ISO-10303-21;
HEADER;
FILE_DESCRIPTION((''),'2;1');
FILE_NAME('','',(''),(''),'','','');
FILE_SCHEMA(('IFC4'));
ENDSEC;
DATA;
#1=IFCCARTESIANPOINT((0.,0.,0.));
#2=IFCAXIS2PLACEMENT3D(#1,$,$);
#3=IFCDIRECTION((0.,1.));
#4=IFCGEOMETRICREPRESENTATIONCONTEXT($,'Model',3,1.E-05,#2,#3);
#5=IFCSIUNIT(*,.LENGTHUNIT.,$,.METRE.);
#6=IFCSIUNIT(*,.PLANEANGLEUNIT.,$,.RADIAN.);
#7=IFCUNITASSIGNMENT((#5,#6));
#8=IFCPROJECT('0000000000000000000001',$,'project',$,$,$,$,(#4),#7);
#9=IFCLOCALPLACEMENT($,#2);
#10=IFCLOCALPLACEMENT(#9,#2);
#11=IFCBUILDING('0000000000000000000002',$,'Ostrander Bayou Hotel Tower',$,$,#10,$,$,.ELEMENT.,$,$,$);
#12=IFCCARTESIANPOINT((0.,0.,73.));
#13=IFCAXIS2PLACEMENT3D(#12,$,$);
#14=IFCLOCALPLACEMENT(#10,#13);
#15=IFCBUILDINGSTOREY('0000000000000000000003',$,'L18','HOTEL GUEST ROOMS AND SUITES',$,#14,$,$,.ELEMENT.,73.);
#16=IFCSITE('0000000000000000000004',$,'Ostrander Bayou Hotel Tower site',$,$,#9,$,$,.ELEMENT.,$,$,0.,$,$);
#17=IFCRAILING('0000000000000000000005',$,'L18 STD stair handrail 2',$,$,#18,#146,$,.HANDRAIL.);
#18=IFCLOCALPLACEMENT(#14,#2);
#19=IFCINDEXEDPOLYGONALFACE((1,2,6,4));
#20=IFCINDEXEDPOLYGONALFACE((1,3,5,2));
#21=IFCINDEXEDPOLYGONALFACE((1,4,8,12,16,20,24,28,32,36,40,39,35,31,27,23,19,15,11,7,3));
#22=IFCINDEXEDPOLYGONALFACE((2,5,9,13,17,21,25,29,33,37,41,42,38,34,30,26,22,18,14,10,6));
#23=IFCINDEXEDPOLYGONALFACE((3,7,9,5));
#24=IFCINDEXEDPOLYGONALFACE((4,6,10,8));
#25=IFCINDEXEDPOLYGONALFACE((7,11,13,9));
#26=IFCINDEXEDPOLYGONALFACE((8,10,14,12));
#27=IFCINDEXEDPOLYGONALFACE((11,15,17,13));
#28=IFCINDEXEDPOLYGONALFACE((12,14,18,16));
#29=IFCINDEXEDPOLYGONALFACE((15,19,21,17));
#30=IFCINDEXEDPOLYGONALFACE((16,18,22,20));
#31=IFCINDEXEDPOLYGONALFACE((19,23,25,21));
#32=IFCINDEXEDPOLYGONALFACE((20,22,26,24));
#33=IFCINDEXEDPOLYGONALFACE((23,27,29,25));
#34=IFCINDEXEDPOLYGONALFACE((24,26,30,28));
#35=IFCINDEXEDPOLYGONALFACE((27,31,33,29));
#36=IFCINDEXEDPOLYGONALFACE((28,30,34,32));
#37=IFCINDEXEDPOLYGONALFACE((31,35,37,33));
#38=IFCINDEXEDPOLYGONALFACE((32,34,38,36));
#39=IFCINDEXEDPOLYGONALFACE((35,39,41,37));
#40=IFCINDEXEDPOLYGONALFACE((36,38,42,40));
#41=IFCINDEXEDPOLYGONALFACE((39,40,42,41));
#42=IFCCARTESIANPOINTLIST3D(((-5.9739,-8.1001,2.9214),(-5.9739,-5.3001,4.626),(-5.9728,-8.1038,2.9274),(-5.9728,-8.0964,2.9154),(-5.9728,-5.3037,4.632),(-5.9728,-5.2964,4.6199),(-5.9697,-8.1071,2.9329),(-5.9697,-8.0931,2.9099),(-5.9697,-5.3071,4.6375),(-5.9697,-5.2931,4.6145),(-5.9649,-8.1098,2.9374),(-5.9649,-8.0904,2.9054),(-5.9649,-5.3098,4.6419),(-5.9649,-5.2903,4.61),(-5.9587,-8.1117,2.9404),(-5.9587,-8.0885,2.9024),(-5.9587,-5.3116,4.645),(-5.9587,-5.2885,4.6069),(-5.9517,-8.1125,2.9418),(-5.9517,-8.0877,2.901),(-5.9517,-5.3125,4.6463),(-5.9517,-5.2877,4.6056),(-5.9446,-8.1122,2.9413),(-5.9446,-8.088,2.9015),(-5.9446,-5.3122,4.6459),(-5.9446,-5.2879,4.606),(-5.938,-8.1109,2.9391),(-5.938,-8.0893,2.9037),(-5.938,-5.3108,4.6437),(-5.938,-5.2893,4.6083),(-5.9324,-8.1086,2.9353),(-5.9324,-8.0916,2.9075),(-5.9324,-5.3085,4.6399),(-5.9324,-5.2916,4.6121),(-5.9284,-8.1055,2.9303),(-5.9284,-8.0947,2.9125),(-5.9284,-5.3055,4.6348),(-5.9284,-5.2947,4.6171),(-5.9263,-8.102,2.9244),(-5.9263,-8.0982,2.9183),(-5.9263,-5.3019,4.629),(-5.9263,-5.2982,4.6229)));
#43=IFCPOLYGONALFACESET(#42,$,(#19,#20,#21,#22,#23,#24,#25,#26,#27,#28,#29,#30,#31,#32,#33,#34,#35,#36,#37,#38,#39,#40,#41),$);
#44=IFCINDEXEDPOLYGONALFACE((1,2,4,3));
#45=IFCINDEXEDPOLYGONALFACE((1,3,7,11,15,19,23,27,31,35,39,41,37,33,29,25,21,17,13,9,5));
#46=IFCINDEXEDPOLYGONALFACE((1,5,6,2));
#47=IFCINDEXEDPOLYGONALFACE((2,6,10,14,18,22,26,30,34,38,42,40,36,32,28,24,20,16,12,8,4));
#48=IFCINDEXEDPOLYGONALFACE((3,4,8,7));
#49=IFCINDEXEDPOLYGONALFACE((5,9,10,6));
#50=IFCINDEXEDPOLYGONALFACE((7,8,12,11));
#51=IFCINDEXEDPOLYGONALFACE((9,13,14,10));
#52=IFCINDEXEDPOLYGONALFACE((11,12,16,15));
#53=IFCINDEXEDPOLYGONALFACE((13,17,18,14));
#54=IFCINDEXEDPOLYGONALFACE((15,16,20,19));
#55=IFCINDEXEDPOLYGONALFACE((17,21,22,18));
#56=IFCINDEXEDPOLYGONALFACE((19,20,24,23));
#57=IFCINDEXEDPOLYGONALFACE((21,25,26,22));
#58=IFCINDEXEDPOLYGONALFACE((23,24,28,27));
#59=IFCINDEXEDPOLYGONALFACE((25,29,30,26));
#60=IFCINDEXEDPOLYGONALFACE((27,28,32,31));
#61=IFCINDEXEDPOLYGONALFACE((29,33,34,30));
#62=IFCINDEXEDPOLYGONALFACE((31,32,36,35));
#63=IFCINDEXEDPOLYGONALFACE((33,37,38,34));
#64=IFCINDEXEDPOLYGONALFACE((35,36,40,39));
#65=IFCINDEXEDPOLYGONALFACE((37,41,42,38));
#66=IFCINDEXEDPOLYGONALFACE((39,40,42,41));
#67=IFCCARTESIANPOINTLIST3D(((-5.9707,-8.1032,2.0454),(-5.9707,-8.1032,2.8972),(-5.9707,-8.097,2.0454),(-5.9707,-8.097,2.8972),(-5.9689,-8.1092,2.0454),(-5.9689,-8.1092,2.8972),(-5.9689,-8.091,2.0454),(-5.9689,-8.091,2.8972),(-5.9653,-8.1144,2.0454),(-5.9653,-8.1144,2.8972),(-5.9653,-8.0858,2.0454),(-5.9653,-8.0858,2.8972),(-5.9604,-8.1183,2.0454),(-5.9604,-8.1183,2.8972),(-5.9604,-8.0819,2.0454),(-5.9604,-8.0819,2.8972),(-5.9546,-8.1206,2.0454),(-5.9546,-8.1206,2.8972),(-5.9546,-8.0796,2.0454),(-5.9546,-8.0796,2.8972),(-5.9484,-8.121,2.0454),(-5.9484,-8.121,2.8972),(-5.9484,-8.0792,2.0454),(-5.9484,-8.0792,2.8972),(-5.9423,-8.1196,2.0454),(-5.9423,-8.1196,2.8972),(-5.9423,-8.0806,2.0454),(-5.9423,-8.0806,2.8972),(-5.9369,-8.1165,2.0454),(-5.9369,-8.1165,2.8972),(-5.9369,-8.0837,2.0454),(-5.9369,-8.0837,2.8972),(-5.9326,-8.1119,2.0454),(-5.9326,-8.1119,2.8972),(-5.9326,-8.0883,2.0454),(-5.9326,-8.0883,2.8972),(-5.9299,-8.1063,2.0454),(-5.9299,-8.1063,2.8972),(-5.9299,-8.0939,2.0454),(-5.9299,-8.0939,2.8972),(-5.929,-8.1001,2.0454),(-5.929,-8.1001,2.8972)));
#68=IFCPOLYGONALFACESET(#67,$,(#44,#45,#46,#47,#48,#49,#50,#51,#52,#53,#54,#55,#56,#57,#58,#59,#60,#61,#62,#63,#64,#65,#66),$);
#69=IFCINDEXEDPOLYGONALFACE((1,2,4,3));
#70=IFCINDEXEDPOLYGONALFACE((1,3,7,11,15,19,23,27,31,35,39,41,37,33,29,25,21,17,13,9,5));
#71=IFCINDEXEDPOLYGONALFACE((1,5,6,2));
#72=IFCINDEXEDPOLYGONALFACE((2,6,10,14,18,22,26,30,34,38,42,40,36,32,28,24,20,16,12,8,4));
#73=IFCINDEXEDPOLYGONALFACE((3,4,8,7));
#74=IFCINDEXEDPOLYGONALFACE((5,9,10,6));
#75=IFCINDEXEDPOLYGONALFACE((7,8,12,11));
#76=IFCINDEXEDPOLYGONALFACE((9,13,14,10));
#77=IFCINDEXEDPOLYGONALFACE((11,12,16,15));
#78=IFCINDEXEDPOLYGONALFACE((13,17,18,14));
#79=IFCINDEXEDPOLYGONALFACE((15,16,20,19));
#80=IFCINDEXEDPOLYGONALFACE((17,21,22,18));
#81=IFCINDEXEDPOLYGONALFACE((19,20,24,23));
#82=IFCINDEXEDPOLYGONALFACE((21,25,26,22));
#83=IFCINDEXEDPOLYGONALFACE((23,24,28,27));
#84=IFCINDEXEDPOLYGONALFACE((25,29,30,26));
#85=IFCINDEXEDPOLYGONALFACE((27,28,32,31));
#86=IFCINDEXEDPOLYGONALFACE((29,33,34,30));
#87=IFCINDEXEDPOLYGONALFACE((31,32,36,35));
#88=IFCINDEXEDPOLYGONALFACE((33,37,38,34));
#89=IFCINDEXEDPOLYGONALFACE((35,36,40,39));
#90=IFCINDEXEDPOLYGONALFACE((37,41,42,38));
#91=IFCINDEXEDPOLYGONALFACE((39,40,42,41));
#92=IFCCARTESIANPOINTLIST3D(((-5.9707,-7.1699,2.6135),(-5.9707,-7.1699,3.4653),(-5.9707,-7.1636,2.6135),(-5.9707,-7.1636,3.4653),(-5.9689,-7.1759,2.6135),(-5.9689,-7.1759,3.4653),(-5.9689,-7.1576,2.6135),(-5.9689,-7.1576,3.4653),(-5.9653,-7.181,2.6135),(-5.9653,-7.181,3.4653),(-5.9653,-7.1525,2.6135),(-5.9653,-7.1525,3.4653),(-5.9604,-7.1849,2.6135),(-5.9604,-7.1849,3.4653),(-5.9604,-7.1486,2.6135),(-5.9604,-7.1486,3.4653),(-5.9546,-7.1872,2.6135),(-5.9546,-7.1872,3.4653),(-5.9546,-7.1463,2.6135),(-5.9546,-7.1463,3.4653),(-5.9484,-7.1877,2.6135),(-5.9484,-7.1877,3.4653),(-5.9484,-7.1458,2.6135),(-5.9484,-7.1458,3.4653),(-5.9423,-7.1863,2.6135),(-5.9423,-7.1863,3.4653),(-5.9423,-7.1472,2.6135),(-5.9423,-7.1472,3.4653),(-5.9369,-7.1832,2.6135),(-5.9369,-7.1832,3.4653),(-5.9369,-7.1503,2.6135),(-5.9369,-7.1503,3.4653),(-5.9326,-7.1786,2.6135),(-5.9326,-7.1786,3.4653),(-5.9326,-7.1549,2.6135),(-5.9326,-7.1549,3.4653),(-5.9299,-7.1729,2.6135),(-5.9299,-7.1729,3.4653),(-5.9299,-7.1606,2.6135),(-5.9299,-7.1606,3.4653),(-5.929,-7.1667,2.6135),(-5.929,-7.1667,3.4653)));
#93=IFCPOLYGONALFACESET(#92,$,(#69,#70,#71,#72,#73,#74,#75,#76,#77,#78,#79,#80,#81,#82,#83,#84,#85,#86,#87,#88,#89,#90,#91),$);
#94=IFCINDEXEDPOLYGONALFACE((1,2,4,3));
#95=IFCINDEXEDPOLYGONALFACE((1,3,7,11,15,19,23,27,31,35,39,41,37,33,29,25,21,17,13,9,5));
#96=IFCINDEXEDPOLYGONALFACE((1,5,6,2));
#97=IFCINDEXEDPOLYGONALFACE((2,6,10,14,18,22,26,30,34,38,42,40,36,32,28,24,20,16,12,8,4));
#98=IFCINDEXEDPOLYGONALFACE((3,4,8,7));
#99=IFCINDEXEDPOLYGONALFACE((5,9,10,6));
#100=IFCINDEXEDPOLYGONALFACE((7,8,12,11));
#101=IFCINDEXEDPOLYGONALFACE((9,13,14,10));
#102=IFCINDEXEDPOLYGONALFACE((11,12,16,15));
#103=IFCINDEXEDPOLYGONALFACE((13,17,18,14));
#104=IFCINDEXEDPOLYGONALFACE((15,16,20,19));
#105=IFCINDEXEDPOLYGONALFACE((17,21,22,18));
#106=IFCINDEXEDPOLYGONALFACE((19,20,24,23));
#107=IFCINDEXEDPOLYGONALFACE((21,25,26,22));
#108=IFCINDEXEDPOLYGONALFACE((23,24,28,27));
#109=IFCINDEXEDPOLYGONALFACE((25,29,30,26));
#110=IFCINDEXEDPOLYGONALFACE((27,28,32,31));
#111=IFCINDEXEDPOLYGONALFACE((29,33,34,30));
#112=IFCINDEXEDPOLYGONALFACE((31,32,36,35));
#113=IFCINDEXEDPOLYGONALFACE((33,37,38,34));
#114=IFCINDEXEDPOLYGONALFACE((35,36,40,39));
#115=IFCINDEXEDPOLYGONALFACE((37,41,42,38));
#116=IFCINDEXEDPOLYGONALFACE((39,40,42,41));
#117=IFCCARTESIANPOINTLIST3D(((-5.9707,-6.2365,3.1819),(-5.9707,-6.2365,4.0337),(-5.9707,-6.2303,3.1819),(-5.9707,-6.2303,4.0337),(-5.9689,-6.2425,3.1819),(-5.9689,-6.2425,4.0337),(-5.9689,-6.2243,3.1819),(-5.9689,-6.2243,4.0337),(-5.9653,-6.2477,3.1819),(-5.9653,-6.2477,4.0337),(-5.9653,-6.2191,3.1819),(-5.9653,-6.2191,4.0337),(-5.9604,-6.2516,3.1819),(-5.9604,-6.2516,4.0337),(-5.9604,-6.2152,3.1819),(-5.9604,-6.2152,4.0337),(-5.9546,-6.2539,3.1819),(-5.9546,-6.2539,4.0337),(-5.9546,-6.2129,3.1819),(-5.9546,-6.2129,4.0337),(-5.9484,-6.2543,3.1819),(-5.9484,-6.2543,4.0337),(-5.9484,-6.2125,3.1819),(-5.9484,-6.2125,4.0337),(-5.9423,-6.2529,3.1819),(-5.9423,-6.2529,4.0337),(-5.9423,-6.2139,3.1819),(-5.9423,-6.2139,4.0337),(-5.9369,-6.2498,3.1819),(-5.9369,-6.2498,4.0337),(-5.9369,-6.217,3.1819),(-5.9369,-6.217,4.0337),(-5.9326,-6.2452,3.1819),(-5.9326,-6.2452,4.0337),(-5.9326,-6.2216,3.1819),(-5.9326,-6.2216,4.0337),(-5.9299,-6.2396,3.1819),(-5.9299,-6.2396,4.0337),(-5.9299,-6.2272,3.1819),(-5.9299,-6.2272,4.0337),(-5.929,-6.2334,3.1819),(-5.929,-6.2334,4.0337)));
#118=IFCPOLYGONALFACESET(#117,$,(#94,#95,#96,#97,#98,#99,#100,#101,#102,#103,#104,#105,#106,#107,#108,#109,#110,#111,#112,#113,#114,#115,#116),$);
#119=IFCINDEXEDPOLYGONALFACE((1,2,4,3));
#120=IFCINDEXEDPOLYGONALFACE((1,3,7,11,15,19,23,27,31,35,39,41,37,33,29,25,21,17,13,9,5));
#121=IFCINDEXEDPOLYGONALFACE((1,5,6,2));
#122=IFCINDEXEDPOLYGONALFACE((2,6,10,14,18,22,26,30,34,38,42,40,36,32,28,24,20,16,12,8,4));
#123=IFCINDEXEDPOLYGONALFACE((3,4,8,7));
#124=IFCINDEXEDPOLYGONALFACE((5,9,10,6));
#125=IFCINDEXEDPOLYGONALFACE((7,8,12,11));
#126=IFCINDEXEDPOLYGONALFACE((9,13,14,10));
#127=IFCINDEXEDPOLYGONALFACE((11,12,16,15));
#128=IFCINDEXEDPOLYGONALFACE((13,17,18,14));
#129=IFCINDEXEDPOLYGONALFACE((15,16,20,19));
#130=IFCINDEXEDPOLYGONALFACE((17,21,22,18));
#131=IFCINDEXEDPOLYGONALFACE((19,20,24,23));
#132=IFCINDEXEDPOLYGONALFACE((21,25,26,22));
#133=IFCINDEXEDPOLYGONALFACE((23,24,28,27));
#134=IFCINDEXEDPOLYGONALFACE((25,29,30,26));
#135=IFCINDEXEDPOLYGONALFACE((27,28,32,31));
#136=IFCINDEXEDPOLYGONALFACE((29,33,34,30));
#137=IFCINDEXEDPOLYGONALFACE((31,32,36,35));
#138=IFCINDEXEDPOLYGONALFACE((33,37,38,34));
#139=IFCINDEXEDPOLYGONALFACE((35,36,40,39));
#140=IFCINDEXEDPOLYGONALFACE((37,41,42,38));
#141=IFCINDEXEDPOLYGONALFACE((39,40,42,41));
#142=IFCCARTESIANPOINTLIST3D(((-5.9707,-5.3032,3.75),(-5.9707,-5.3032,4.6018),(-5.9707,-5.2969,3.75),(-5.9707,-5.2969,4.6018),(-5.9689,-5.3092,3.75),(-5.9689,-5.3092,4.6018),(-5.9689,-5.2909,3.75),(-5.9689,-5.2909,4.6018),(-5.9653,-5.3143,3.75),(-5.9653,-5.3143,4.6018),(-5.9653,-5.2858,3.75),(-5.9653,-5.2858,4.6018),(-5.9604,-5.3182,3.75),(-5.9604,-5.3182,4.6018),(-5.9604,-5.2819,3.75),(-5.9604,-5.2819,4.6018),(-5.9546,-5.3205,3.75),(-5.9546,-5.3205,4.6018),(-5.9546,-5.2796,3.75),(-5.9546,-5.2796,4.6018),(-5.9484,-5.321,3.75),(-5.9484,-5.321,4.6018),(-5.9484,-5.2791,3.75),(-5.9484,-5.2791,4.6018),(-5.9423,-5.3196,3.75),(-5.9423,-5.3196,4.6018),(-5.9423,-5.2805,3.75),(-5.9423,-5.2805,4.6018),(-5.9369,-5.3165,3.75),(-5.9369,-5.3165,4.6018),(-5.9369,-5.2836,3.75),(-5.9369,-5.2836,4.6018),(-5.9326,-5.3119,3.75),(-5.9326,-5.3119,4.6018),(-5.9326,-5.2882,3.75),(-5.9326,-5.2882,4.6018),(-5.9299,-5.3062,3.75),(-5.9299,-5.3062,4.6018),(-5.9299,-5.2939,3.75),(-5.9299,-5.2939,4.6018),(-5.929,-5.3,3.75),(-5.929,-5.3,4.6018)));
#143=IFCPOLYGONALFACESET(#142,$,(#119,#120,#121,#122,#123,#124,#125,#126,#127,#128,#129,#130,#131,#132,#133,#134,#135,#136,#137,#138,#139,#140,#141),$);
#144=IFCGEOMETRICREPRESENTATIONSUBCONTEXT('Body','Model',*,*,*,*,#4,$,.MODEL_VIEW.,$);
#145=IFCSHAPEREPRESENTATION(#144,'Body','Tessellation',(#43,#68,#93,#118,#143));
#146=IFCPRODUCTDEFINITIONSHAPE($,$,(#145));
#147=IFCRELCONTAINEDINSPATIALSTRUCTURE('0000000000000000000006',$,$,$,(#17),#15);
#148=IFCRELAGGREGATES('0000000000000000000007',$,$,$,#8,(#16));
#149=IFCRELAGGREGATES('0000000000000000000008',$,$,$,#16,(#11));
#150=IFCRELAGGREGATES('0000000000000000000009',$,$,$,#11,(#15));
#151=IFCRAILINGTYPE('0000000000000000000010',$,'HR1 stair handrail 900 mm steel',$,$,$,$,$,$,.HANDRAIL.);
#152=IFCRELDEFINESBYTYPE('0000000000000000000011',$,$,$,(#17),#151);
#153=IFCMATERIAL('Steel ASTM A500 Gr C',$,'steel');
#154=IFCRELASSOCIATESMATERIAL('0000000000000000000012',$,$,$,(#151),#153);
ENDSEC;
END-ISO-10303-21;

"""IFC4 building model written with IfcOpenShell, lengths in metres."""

from ifc_helpers import new_model, si_unit, direction, frame, origin, origin_2d, place, context, subcontext, project, spatial, circle, extrude, material, type_object, element, save


model = new_model("IFC4")

# Units and contexts
model_context = context("Model", 3, precision=1e-05, world=origin(), true_north=direction((0.0, 1.0)))
body_context = subcontext(model_context, "Body", "Model", "MODEL_VIEW")
ifc_project = project(units=[si_unit("LENGTHUNIT", "METRE"), si_unit("PLANEANGLEUNIT", "RADIAN")], contexts=[model_context])

# Site, building, storey
site_placement = place(None, origin())
site = spatial("IfcSite", under=ifc_project, at=site_placement, Name="Ostrander Bayou Hotel Tower site", CompositionType="ELEMENT", RefElevation=0.0)
building_placement = place(site_placement, origin())
building = spatial("IfcBuilding", under=site, at=building_placement, Name="Ostrander Bayou Hotel Tower", CompositionType="ELEMENT")
storey_placement = place(building_placement, frame((0.0, 0.0, 73.0)))
storey = spatial("IfcBuildingStorey", under=building, at=storey_placement, Name="L18", Description="HOTEL GUEST ROOMS AND SUITES", CompositionType="ELEMENT", Elevation=73.0)

# Railing
ifc_material_1 = material(Name="Steel ASTM A500 Gr C", Category="steel")
railing_type_1 = type_object("IfcRailingType", Name="HR1 stair handrail 900 mm steel", PredefinedType="HANDRAIL", material=ifc_material_1)
railing_1_placement = place(storey_placement, frame((-5.95, -8.1001, 2.0454)))
element("IfcRailing", 1, at=railing_1_placement, inside=storey, type_object=railing_type_1, Name="L18 STD stair handrail 2", PredefinedType="HANDRAIL", context=body_context, shape_type="SweptSolid", body=[
    extrude(circle(Radius=0.0239, at=origin_2d()), frame((0.0, 0.0, 0.876), z_axis=(0.0, 0.85417, 0.519994), x_axis=(-1.0, 0.0, 0.0)), (0.0, 0.0, 1.0), 3.2781),
    extrude(circle(Radius=0.021, at=origin_2d()), origin(), (0.0, 0.0, 1.0), 0.8518),
    extrude(circle(Radius=0.021, at=origin_2d()), frame((0.0, 0.9333, 0.5681)), (0.0, 0.0, 1.0), 0.8518),
    extrude(circle(Radius=0.021, at=origin_2d()), frame((0.0, 1.8667, 1.1365)), (0.0, 0.0, 1.0), 0.8518),
    extrude(circle(Radius=0.021, at=origin_2d()), frame((0.0, 2.8, 1.7046)), (0.0, 0.0, 1.0), 0.8518),
])

save(model, "model.ifc")
